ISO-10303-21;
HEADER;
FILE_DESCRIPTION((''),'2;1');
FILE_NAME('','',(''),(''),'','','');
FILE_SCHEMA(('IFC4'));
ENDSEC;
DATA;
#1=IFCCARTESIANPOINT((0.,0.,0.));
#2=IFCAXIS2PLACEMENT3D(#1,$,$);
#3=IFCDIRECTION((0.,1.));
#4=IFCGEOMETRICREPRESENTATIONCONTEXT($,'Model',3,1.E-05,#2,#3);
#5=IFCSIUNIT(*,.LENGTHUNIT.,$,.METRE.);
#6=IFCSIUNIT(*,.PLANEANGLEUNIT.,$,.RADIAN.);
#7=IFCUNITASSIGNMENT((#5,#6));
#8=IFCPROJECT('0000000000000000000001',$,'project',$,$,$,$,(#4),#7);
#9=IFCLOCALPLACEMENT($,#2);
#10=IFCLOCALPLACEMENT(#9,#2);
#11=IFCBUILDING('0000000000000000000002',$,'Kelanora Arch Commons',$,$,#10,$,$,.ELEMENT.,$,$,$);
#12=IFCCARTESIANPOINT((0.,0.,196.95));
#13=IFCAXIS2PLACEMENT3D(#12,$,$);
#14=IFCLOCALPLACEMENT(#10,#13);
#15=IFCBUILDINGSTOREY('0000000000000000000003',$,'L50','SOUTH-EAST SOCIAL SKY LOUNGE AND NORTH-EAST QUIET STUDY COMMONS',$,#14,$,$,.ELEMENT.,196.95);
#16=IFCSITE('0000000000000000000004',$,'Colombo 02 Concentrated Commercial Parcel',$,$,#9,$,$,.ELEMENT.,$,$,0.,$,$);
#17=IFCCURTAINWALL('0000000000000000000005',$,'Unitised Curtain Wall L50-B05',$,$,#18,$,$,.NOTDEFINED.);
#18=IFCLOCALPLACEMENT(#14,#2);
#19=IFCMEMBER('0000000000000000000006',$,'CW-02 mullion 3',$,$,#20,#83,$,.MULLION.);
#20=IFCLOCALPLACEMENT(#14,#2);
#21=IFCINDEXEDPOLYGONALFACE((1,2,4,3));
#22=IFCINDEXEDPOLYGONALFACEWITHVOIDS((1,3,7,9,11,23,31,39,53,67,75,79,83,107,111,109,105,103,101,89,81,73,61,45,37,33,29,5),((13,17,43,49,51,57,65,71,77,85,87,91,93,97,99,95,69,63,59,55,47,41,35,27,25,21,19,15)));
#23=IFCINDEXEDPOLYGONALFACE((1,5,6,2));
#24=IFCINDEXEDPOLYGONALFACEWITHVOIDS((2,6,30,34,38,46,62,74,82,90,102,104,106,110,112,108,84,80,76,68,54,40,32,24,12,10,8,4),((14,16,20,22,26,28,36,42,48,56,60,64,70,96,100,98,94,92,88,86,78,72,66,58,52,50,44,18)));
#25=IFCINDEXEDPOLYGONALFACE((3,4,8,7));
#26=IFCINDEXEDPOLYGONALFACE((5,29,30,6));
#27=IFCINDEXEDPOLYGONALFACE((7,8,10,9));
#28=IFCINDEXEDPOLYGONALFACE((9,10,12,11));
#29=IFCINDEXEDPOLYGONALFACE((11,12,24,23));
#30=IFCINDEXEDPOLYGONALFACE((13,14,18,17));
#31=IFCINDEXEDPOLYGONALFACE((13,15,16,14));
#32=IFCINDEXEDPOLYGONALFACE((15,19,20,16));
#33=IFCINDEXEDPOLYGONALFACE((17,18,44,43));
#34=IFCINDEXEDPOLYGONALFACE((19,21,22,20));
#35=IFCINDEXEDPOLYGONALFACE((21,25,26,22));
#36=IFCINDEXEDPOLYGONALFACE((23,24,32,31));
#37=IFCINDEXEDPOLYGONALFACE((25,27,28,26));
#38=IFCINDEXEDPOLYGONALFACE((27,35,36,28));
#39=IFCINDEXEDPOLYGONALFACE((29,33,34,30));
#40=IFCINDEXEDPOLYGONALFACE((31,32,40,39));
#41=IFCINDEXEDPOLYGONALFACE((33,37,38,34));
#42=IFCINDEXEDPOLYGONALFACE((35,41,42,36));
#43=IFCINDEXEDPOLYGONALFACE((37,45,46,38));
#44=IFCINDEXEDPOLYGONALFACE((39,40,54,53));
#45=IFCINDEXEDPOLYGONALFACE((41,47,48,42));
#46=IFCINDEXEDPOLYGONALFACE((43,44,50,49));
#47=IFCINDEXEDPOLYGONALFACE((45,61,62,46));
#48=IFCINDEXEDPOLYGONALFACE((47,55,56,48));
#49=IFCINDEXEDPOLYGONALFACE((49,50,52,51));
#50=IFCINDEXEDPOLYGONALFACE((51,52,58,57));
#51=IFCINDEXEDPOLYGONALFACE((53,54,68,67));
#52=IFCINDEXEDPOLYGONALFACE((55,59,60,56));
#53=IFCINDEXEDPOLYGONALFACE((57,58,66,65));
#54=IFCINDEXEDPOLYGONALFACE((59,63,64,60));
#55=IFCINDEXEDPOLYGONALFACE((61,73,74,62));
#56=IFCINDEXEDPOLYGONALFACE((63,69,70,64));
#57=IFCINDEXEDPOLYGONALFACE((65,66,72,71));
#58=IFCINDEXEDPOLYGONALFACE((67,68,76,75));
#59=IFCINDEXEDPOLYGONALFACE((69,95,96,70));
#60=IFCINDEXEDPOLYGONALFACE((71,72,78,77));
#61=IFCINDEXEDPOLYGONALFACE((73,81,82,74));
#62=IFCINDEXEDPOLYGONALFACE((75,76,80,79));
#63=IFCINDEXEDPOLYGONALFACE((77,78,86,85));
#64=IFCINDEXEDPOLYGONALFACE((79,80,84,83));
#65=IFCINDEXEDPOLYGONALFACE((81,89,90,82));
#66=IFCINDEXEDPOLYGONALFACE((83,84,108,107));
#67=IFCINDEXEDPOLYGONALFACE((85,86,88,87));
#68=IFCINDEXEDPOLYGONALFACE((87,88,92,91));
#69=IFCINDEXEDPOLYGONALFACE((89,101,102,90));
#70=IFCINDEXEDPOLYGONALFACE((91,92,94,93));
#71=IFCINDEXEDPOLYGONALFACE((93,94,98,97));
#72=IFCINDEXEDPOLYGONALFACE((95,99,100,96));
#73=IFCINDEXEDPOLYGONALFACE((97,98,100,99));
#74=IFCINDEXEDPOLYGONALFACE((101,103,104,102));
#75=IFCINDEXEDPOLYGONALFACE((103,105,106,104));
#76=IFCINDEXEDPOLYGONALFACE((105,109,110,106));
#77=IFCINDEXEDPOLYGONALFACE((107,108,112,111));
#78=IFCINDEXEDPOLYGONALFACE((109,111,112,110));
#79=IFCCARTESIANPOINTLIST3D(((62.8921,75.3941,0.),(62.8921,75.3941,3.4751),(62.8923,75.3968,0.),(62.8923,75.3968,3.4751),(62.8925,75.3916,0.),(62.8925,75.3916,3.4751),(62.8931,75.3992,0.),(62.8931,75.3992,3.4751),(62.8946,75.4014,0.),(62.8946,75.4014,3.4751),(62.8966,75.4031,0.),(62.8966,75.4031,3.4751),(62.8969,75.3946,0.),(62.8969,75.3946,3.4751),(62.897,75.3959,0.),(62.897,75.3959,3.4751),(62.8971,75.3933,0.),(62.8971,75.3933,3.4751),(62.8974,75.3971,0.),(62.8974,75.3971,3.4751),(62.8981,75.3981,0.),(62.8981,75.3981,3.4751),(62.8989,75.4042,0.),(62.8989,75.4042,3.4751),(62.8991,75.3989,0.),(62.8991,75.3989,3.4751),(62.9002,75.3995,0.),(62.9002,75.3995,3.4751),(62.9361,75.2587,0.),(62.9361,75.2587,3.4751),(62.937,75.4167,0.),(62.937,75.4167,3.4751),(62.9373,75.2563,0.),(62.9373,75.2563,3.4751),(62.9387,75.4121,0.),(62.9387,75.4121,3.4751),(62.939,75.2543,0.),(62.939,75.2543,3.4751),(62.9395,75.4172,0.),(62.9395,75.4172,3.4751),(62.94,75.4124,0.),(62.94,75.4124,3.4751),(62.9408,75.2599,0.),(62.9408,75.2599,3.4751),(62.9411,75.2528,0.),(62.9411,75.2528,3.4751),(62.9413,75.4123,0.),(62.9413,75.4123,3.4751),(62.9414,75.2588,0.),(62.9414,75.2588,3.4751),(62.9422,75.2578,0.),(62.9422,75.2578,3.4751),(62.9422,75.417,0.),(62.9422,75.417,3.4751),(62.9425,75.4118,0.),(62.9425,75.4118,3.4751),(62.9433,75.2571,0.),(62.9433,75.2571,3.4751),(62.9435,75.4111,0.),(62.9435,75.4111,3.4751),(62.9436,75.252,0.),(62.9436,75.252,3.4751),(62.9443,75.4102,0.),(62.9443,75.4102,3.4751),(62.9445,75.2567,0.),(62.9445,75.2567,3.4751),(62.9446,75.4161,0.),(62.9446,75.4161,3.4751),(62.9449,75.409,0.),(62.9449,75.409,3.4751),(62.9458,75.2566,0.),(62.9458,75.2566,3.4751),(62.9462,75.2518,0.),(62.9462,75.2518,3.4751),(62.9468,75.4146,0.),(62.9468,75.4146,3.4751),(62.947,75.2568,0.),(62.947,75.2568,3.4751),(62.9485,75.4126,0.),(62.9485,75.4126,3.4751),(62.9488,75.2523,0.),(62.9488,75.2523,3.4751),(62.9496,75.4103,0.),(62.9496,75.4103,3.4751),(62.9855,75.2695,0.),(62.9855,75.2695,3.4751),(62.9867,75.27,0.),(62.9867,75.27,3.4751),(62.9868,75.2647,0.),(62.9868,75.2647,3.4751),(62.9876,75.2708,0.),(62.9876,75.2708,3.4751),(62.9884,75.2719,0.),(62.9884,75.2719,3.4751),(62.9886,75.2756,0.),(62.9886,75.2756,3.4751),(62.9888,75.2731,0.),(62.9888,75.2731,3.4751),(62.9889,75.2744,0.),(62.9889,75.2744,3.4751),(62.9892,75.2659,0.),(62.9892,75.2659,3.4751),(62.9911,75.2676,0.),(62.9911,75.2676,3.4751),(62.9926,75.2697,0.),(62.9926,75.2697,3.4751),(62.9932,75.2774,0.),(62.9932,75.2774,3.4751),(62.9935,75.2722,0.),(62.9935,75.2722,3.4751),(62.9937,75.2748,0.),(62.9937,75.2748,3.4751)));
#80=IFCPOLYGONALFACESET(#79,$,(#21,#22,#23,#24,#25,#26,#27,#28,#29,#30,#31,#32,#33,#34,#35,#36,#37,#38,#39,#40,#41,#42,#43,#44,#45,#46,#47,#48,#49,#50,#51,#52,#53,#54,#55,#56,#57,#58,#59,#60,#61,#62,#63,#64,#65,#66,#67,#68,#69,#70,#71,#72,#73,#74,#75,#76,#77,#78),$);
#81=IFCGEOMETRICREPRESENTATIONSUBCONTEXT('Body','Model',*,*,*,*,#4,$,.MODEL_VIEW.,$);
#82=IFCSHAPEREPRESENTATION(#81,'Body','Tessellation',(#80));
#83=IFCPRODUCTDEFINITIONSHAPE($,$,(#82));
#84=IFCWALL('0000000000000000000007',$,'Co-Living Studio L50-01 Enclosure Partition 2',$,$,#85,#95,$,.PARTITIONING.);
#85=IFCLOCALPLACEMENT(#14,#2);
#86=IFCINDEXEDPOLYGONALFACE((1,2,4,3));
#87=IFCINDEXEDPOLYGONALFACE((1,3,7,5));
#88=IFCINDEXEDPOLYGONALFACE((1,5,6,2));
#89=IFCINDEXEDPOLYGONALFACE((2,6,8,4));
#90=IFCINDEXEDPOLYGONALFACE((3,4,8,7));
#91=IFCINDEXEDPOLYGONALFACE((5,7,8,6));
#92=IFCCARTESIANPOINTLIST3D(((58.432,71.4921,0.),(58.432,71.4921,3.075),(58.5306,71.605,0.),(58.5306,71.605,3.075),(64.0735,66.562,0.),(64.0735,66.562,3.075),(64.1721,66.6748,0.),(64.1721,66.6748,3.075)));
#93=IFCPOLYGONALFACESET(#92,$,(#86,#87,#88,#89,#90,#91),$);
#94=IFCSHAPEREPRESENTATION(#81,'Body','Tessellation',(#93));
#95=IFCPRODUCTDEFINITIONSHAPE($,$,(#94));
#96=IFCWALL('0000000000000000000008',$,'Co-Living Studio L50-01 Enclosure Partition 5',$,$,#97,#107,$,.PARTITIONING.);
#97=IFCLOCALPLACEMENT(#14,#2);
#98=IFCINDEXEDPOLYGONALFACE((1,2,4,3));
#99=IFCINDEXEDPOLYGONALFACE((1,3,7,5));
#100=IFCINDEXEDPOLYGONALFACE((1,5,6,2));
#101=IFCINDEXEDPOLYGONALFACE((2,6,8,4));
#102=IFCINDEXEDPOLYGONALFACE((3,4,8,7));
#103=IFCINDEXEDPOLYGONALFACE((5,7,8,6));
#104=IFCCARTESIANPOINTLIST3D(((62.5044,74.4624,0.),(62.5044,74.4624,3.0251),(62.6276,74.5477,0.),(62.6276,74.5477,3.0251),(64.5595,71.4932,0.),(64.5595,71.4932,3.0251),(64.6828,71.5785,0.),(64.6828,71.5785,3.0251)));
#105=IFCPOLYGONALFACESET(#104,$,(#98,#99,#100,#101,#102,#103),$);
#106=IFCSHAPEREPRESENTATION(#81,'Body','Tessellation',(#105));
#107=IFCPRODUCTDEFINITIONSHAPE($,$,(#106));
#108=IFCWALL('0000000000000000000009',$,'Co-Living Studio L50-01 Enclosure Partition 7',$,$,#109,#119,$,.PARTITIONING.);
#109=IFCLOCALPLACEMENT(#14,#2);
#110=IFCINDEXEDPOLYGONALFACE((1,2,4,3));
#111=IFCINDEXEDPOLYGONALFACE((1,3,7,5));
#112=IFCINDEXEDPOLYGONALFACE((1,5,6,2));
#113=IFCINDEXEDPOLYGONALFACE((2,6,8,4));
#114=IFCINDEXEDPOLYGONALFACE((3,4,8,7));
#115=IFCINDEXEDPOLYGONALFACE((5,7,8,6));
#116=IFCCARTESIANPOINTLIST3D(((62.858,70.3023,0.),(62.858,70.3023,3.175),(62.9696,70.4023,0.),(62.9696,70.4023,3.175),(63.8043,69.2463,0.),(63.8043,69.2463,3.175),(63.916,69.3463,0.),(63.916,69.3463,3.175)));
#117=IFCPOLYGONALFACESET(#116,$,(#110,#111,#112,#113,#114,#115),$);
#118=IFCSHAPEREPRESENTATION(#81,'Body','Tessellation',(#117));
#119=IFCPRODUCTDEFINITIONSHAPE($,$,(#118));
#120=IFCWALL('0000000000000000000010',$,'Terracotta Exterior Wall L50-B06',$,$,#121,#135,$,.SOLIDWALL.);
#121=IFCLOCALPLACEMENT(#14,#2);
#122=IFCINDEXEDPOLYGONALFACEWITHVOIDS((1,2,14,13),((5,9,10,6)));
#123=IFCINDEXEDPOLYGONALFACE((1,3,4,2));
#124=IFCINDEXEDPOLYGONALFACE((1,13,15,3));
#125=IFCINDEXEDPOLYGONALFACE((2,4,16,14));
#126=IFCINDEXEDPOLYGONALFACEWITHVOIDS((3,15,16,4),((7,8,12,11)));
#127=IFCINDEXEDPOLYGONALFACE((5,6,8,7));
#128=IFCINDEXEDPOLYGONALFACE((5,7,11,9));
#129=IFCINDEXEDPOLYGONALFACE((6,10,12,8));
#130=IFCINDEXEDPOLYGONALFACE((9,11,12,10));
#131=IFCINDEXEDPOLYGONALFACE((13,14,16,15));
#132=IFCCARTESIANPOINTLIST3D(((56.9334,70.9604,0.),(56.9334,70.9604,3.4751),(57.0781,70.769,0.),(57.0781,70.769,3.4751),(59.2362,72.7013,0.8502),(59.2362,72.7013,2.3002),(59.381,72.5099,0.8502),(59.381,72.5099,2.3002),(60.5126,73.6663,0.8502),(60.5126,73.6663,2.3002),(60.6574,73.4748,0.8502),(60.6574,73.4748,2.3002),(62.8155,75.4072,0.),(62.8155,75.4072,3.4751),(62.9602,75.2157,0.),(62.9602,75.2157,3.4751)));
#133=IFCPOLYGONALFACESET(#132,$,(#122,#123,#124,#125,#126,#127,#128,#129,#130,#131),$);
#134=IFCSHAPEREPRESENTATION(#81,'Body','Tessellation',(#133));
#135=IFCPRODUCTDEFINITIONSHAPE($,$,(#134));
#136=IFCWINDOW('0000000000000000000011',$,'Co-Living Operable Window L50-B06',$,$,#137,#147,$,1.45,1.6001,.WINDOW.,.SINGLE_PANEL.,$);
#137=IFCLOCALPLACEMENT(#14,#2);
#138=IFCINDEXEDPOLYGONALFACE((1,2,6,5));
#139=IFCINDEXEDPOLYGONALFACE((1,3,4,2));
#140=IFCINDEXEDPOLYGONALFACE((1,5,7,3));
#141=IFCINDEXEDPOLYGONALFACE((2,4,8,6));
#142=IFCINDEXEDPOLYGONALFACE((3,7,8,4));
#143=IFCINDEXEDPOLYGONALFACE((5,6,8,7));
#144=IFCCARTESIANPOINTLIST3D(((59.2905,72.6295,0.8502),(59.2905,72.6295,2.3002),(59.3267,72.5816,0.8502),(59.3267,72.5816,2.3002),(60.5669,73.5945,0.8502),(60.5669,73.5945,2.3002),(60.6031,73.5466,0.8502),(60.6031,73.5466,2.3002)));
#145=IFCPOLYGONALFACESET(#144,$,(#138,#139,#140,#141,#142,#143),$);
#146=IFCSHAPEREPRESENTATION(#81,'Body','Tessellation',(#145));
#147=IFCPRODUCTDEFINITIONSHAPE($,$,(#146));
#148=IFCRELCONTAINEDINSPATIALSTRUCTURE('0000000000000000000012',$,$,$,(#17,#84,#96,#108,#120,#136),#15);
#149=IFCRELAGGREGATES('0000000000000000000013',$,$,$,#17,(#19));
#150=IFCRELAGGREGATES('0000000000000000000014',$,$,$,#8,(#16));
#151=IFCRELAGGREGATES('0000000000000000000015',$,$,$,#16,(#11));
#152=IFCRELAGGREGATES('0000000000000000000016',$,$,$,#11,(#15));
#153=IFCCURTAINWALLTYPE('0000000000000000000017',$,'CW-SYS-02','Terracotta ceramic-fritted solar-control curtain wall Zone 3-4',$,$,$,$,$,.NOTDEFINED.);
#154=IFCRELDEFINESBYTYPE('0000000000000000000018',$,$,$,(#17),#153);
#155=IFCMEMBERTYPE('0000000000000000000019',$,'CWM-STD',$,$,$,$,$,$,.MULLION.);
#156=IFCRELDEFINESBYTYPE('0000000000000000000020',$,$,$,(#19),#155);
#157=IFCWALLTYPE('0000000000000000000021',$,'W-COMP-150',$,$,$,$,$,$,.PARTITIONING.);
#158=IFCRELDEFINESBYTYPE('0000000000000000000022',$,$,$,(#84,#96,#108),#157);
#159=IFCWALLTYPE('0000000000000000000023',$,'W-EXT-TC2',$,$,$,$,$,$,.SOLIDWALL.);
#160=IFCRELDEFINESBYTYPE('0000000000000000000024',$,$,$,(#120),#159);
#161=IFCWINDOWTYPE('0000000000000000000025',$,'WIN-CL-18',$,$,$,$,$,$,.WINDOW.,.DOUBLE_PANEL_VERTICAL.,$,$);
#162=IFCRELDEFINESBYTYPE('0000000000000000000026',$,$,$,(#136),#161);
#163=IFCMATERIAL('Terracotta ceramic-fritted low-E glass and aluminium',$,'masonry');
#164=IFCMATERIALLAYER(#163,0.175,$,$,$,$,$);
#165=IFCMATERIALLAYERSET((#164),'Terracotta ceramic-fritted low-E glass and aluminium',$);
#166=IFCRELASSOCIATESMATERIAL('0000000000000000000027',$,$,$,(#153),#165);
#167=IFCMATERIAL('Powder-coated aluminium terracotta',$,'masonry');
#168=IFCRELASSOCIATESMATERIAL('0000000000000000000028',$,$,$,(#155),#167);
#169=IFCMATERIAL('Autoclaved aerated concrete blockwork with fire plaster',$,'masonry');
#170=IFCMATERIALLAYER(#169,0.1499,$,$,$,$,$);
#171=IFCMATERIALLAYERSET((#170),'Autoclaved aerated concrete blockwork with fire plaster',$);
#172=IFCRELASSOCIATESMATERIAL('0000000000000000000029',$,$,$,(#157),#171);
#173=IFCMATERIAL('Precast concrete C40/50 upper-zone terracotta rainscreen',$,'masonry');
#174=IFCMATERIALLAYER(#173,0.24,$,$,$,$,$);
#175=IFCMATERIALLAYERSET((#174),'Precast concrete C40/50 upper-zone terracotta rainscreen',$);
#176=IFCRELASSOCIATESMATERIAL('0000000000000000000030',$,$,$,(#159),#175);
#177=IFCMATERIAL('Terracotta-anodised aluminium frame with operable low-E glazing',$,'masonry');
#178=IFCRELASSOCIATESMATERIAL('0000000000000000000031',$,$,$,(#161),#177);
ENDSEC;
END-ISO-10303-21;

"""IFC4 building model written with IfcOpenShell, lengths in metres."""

from ifc_helpers import new_model, si_unit, direction, frame, frame_2d, origin, origin_2d, place, context, subcontext, project, spatial, rectangle, hollow_rectangle, extrude, material, layer, layer_set, material_profile, profile_set, type_object, element, fill, aggregate, save


model = new_model("IFC4")

# Units and contexts
model_context = context("Model", 3, precision=1e-05, world=origin(), true_north=direction((0.0, 1.0)))
body_context = subcontext(model_context, "Body", "Model", "MODEL_VIEW")
ifc_project = project(units=[si_unit("LENGTHUNIT", "METRE"), si_unit("PLANEANGLEUNIT", "RADIAN")], contexts=[model_context])

# Site, building, storey
site_placement = place(None, origin())
site = spatial("IfcSite", under=ifc_project, at=site_placement, Name="Colombo 02 Concentrated Commercial Parcel", CompositionType="ELEMENT", RefElevation=0.0)
building_placement = place(site_placement, origin())
building = spatial("IfcBuilding", under=site, at=building_placement, Name="Kelanora Arch Commons", CompositionType="ELEMENT")
storey_placement = place(building_placement, frame((0.0, 0.0, 196.95)))
storey = spatial("IfcBuildingStorey", under=building, at=storey_placement, Name="L50", Description="SOUTH-EAST SOCIAL SKY LOUNGE AND NORTH-EAST QUIET STUDY COMMONS", CompositionType="ELEMENT", Elevation=196.95)

# Curtain wall, member
ifc_material_1 = material(Name="Terracotta ceramic-fritted low-E glass and aluminium", Category="masonry")
ifc_layer_1 = layer(ifc_material_1, 0.175)
ifc_layer_set_1 = layer_set([ifc_layer_1], Name="Terracotta ceramic-fritted low-E glass and aluminium")
curtain_wall_type = type_object("IfcCurtainWallType", Name="CW-SYS-02", Description="Terracotta ceramic-fritted solar-control curtain wall Zone 3-4", PredefinedType="NOTDEFINED", material=ifc_layer_set_1)
curtain_wall_placement = place(storey_placement, origin())
curtain_wall = element("IfcCurtainWall", 1, at=curtain_wall_placement, inside=storey, type_object=curtain_wall_type, Name="Unitised Curtain Wall L50-B05", PredefinedType="NOTDEFINED")
ifc_material_2 = material(Name="Powder-coated aluminium terracotta", Category="masonry")
ifc_material_profile_1 = material_profile(ifc_material_2, hollow_rectangle(XDim=0.1599, YDim=0.0601, WallThickness=0.0049, InnerFilletRadius=0.0049, OuterFilletRadius=0.01, at=origin_2d()), Name="CWM160x60")
ifc_profile_set_1 = profile_set([ifc_material_profile_1], Name="Powder-coated aluminium terracotta")
member_type = type_object("IfcMemberType", Name="CWM-STD", PredefinedType="MULLION", material=ifc_profile_set_1)
member_placement = place(storey_placement, frame((62.9429, 75.3345, 0.0), z_axis=(0.0, 0.0, 1.0), x_axis=(0.311582, -0.950219, 0.0)))
member = element("IfcMember", 2, at=member_placement, type_object=member_type, Name="CW-02 mullion 3", PredefinedType="MULLION", context=body_context, shape_type="SweptSolid", body=[
    extrude(hollow_rectangle(XDim=0.1599, YDim=0.0601, WallThickness=0.0049, InnerFilletRadius=0.0049, OuterFilletRadius=0.01, at=origin_2d()), origin(), (0.0, 0.0, 1.0), 3.4751),
])
aggregate(curtain_wall, [member])

# Walls
ifc_material_3 = material(Name="Autoclaved aerated concrete blockwork with fire plaster", Category="masonry")
ifc_layer_2 = layer(ifc_material_3, 0.1499)
ifc_layer_set_2 = layer_set([ifc_layer_2], Name="Autoclaved aerated concrete blockwork with fire plaster")
wall_type_1 = type_object("IfcWallType", Name="W-COMP-150", PredefinedType="PARTITIONING", material=ifc_layer_set_2)
wall_1_placement = place(storey_placement, frame((64.1228, 66.6184, 0.0), z_axis=(0.0, 0.0, 1.0), x_axis=(-0.752988, 0.658034, 0.0)))
element("IfcWall", 3, at=wall_1_placement, inside=storey, type_object=wall_type_1, Name="Co-Living Studio L50-01 Enclosure Partition 2", PredefinedType="PARTITIONING", context=body_context, shape_type="SweptSolid", body=[
    extrude(rectangle(XDim=7.4922, YDim=0.1499, at=frame_2d((3.7461, 0.0))), origin(), (0.0, 0.0, 1.0), 3.075),
])
wall_2_placement = place(storey_placement, frame((62.5659, 74.5051, 0.0), z_axis=(0.0, 0.0, 1.0), x_axis=(0.569126, -0.822251, 0.0)))
element("IfcWall", 4, at=wall_2_placement, inside=storey, type_object=wall_type_1, Name="Co-Living Studio L50-01 Enclosure Partition 5", PredefinedType="PARTITIONING", context=body_context, shape_type="SweptSolid", body=[
    extrude(rectangle(XDim=3.6111, YDim=0.1499, at=frame_2d((1.8057, 0.0))), origin(), (0.0, 0.0, 1.0), 3.0251),
])
wall_3_placement = place(storey_placement, frame((62.9138, 70.3523, 0.0), z_axis=(0.0, 0.0, 1.0), x_axis=(0.667394, -0.744705, 0.0)))
element("IfcWall", 5, at=wall_3_placement, inside=storey, type_object=wall_type_1, Name="Co-Living Studio L50-01 Enclosure Partition 7", PredefinedType="PARTITIONING", context=body_context, shape_type="SweptSolid", body=[
    extrude(rectangle(XDim=1.418, YDim=0.1499, at=frame_2d((0.709, 0.0))), origin(), (0.0, 0.0, 1.0), 3.175),
])

# Wall, opening, window
ifc_material_4 = material(Name="Precast concrete C40/50 upper-zone terracotta rainscreen", Category="masonry")
ifc_layer_3 = layer(ifc_material_4, 0.24)
ifc_layer_set_3 = layer_set([ifc_layer_3], Name="Precast concrete C40/50 upper-zone terracotta rainscreen")
wall_type_2 = type_object("IfcWallType", Name="W-EXT-TC2", PredefinedType="SOLIDWALL", material=ifc_layer_set_3)
wall_4_placement = place(storey_placement, frame((62.8879, 75.3115, 0.0), z_axis=(0.0, 0.0, 1.0), x_axis=(-0.797702, -0.603052, 0.0)))
wall_4 = element("IfcWall", 6, at=wall_4_placement, inside=storey, type_object=wall_type_2, Name="Terracotta Exterior Wall L50-B06", PredefinedType="SOLIDWALL", context=body_context, shape_type="SweptSolid", body=[
    extrude(rectangle(XDim=7.3738, YDim=0.24, at=frame_2d((3.687, 0.0))), origin(), (0.0, 0.0, 1.0), 3.4751),
])
opening_1_placement = place(wall_4_placement, frame((2.887, 0.0, 0.8501)))
opening_1 = element("IfcOpeningElement", 7, at=opening_1_placement, cuts=wall_4, PredefinedType="OPENING", context=body_context, shape_type="SweptSolid", body=[
    extrude(rectangle(XDim=1.6001, YDim=1.45, at=frame_2d((0.8, 0.7251))), frame((0.0, 0.1299, 0.0), z_axis=(0.0, -1.0, 0.0), x_axis=(1.0, 0.0, 0.0)), (0.0, 0.0, 1.0), 0.26),
])
ifc_material_5 = material(Name="Terracotta-anodised aluminium frame with operable low-E glazing", Category="masonry")
window_type_1 = type_object("IfcWindowType", Name="WIN-CL-18", PartitioningType="DOUBLE_PANEL_VERTICAL", PredefinedType="WINDOW", material=ifc_material_5)
window_1_placement = place(opening_1_placement, origin())
window_1 = element("IfcWindow", 8, at=window_1_placement, inside=storey, type_object=window_type_1, Name="Co-Living Operable Window L50-B06", OverallHeight=1.45, OverallWidth=1.6001, PartitioningType="SINGLE_PANEL", PredefinedType="WINDOW", context=body_context, shape_type="SweptSolid", body=[
    extrude(rectangle(XDim=1.6001, YDim=1.45, at=frame_2d((0.8, 0.7251))), frame((0.0, 0.03, 0.0), z_axis=(0.0, -1.0, 0.0), x_axis=(1.0, 0.0, 0.0)), (0.0, 0.0, 1.0), 0.0601),
])
fill(opening_1, window_1)

save(model, "model.ifc")
